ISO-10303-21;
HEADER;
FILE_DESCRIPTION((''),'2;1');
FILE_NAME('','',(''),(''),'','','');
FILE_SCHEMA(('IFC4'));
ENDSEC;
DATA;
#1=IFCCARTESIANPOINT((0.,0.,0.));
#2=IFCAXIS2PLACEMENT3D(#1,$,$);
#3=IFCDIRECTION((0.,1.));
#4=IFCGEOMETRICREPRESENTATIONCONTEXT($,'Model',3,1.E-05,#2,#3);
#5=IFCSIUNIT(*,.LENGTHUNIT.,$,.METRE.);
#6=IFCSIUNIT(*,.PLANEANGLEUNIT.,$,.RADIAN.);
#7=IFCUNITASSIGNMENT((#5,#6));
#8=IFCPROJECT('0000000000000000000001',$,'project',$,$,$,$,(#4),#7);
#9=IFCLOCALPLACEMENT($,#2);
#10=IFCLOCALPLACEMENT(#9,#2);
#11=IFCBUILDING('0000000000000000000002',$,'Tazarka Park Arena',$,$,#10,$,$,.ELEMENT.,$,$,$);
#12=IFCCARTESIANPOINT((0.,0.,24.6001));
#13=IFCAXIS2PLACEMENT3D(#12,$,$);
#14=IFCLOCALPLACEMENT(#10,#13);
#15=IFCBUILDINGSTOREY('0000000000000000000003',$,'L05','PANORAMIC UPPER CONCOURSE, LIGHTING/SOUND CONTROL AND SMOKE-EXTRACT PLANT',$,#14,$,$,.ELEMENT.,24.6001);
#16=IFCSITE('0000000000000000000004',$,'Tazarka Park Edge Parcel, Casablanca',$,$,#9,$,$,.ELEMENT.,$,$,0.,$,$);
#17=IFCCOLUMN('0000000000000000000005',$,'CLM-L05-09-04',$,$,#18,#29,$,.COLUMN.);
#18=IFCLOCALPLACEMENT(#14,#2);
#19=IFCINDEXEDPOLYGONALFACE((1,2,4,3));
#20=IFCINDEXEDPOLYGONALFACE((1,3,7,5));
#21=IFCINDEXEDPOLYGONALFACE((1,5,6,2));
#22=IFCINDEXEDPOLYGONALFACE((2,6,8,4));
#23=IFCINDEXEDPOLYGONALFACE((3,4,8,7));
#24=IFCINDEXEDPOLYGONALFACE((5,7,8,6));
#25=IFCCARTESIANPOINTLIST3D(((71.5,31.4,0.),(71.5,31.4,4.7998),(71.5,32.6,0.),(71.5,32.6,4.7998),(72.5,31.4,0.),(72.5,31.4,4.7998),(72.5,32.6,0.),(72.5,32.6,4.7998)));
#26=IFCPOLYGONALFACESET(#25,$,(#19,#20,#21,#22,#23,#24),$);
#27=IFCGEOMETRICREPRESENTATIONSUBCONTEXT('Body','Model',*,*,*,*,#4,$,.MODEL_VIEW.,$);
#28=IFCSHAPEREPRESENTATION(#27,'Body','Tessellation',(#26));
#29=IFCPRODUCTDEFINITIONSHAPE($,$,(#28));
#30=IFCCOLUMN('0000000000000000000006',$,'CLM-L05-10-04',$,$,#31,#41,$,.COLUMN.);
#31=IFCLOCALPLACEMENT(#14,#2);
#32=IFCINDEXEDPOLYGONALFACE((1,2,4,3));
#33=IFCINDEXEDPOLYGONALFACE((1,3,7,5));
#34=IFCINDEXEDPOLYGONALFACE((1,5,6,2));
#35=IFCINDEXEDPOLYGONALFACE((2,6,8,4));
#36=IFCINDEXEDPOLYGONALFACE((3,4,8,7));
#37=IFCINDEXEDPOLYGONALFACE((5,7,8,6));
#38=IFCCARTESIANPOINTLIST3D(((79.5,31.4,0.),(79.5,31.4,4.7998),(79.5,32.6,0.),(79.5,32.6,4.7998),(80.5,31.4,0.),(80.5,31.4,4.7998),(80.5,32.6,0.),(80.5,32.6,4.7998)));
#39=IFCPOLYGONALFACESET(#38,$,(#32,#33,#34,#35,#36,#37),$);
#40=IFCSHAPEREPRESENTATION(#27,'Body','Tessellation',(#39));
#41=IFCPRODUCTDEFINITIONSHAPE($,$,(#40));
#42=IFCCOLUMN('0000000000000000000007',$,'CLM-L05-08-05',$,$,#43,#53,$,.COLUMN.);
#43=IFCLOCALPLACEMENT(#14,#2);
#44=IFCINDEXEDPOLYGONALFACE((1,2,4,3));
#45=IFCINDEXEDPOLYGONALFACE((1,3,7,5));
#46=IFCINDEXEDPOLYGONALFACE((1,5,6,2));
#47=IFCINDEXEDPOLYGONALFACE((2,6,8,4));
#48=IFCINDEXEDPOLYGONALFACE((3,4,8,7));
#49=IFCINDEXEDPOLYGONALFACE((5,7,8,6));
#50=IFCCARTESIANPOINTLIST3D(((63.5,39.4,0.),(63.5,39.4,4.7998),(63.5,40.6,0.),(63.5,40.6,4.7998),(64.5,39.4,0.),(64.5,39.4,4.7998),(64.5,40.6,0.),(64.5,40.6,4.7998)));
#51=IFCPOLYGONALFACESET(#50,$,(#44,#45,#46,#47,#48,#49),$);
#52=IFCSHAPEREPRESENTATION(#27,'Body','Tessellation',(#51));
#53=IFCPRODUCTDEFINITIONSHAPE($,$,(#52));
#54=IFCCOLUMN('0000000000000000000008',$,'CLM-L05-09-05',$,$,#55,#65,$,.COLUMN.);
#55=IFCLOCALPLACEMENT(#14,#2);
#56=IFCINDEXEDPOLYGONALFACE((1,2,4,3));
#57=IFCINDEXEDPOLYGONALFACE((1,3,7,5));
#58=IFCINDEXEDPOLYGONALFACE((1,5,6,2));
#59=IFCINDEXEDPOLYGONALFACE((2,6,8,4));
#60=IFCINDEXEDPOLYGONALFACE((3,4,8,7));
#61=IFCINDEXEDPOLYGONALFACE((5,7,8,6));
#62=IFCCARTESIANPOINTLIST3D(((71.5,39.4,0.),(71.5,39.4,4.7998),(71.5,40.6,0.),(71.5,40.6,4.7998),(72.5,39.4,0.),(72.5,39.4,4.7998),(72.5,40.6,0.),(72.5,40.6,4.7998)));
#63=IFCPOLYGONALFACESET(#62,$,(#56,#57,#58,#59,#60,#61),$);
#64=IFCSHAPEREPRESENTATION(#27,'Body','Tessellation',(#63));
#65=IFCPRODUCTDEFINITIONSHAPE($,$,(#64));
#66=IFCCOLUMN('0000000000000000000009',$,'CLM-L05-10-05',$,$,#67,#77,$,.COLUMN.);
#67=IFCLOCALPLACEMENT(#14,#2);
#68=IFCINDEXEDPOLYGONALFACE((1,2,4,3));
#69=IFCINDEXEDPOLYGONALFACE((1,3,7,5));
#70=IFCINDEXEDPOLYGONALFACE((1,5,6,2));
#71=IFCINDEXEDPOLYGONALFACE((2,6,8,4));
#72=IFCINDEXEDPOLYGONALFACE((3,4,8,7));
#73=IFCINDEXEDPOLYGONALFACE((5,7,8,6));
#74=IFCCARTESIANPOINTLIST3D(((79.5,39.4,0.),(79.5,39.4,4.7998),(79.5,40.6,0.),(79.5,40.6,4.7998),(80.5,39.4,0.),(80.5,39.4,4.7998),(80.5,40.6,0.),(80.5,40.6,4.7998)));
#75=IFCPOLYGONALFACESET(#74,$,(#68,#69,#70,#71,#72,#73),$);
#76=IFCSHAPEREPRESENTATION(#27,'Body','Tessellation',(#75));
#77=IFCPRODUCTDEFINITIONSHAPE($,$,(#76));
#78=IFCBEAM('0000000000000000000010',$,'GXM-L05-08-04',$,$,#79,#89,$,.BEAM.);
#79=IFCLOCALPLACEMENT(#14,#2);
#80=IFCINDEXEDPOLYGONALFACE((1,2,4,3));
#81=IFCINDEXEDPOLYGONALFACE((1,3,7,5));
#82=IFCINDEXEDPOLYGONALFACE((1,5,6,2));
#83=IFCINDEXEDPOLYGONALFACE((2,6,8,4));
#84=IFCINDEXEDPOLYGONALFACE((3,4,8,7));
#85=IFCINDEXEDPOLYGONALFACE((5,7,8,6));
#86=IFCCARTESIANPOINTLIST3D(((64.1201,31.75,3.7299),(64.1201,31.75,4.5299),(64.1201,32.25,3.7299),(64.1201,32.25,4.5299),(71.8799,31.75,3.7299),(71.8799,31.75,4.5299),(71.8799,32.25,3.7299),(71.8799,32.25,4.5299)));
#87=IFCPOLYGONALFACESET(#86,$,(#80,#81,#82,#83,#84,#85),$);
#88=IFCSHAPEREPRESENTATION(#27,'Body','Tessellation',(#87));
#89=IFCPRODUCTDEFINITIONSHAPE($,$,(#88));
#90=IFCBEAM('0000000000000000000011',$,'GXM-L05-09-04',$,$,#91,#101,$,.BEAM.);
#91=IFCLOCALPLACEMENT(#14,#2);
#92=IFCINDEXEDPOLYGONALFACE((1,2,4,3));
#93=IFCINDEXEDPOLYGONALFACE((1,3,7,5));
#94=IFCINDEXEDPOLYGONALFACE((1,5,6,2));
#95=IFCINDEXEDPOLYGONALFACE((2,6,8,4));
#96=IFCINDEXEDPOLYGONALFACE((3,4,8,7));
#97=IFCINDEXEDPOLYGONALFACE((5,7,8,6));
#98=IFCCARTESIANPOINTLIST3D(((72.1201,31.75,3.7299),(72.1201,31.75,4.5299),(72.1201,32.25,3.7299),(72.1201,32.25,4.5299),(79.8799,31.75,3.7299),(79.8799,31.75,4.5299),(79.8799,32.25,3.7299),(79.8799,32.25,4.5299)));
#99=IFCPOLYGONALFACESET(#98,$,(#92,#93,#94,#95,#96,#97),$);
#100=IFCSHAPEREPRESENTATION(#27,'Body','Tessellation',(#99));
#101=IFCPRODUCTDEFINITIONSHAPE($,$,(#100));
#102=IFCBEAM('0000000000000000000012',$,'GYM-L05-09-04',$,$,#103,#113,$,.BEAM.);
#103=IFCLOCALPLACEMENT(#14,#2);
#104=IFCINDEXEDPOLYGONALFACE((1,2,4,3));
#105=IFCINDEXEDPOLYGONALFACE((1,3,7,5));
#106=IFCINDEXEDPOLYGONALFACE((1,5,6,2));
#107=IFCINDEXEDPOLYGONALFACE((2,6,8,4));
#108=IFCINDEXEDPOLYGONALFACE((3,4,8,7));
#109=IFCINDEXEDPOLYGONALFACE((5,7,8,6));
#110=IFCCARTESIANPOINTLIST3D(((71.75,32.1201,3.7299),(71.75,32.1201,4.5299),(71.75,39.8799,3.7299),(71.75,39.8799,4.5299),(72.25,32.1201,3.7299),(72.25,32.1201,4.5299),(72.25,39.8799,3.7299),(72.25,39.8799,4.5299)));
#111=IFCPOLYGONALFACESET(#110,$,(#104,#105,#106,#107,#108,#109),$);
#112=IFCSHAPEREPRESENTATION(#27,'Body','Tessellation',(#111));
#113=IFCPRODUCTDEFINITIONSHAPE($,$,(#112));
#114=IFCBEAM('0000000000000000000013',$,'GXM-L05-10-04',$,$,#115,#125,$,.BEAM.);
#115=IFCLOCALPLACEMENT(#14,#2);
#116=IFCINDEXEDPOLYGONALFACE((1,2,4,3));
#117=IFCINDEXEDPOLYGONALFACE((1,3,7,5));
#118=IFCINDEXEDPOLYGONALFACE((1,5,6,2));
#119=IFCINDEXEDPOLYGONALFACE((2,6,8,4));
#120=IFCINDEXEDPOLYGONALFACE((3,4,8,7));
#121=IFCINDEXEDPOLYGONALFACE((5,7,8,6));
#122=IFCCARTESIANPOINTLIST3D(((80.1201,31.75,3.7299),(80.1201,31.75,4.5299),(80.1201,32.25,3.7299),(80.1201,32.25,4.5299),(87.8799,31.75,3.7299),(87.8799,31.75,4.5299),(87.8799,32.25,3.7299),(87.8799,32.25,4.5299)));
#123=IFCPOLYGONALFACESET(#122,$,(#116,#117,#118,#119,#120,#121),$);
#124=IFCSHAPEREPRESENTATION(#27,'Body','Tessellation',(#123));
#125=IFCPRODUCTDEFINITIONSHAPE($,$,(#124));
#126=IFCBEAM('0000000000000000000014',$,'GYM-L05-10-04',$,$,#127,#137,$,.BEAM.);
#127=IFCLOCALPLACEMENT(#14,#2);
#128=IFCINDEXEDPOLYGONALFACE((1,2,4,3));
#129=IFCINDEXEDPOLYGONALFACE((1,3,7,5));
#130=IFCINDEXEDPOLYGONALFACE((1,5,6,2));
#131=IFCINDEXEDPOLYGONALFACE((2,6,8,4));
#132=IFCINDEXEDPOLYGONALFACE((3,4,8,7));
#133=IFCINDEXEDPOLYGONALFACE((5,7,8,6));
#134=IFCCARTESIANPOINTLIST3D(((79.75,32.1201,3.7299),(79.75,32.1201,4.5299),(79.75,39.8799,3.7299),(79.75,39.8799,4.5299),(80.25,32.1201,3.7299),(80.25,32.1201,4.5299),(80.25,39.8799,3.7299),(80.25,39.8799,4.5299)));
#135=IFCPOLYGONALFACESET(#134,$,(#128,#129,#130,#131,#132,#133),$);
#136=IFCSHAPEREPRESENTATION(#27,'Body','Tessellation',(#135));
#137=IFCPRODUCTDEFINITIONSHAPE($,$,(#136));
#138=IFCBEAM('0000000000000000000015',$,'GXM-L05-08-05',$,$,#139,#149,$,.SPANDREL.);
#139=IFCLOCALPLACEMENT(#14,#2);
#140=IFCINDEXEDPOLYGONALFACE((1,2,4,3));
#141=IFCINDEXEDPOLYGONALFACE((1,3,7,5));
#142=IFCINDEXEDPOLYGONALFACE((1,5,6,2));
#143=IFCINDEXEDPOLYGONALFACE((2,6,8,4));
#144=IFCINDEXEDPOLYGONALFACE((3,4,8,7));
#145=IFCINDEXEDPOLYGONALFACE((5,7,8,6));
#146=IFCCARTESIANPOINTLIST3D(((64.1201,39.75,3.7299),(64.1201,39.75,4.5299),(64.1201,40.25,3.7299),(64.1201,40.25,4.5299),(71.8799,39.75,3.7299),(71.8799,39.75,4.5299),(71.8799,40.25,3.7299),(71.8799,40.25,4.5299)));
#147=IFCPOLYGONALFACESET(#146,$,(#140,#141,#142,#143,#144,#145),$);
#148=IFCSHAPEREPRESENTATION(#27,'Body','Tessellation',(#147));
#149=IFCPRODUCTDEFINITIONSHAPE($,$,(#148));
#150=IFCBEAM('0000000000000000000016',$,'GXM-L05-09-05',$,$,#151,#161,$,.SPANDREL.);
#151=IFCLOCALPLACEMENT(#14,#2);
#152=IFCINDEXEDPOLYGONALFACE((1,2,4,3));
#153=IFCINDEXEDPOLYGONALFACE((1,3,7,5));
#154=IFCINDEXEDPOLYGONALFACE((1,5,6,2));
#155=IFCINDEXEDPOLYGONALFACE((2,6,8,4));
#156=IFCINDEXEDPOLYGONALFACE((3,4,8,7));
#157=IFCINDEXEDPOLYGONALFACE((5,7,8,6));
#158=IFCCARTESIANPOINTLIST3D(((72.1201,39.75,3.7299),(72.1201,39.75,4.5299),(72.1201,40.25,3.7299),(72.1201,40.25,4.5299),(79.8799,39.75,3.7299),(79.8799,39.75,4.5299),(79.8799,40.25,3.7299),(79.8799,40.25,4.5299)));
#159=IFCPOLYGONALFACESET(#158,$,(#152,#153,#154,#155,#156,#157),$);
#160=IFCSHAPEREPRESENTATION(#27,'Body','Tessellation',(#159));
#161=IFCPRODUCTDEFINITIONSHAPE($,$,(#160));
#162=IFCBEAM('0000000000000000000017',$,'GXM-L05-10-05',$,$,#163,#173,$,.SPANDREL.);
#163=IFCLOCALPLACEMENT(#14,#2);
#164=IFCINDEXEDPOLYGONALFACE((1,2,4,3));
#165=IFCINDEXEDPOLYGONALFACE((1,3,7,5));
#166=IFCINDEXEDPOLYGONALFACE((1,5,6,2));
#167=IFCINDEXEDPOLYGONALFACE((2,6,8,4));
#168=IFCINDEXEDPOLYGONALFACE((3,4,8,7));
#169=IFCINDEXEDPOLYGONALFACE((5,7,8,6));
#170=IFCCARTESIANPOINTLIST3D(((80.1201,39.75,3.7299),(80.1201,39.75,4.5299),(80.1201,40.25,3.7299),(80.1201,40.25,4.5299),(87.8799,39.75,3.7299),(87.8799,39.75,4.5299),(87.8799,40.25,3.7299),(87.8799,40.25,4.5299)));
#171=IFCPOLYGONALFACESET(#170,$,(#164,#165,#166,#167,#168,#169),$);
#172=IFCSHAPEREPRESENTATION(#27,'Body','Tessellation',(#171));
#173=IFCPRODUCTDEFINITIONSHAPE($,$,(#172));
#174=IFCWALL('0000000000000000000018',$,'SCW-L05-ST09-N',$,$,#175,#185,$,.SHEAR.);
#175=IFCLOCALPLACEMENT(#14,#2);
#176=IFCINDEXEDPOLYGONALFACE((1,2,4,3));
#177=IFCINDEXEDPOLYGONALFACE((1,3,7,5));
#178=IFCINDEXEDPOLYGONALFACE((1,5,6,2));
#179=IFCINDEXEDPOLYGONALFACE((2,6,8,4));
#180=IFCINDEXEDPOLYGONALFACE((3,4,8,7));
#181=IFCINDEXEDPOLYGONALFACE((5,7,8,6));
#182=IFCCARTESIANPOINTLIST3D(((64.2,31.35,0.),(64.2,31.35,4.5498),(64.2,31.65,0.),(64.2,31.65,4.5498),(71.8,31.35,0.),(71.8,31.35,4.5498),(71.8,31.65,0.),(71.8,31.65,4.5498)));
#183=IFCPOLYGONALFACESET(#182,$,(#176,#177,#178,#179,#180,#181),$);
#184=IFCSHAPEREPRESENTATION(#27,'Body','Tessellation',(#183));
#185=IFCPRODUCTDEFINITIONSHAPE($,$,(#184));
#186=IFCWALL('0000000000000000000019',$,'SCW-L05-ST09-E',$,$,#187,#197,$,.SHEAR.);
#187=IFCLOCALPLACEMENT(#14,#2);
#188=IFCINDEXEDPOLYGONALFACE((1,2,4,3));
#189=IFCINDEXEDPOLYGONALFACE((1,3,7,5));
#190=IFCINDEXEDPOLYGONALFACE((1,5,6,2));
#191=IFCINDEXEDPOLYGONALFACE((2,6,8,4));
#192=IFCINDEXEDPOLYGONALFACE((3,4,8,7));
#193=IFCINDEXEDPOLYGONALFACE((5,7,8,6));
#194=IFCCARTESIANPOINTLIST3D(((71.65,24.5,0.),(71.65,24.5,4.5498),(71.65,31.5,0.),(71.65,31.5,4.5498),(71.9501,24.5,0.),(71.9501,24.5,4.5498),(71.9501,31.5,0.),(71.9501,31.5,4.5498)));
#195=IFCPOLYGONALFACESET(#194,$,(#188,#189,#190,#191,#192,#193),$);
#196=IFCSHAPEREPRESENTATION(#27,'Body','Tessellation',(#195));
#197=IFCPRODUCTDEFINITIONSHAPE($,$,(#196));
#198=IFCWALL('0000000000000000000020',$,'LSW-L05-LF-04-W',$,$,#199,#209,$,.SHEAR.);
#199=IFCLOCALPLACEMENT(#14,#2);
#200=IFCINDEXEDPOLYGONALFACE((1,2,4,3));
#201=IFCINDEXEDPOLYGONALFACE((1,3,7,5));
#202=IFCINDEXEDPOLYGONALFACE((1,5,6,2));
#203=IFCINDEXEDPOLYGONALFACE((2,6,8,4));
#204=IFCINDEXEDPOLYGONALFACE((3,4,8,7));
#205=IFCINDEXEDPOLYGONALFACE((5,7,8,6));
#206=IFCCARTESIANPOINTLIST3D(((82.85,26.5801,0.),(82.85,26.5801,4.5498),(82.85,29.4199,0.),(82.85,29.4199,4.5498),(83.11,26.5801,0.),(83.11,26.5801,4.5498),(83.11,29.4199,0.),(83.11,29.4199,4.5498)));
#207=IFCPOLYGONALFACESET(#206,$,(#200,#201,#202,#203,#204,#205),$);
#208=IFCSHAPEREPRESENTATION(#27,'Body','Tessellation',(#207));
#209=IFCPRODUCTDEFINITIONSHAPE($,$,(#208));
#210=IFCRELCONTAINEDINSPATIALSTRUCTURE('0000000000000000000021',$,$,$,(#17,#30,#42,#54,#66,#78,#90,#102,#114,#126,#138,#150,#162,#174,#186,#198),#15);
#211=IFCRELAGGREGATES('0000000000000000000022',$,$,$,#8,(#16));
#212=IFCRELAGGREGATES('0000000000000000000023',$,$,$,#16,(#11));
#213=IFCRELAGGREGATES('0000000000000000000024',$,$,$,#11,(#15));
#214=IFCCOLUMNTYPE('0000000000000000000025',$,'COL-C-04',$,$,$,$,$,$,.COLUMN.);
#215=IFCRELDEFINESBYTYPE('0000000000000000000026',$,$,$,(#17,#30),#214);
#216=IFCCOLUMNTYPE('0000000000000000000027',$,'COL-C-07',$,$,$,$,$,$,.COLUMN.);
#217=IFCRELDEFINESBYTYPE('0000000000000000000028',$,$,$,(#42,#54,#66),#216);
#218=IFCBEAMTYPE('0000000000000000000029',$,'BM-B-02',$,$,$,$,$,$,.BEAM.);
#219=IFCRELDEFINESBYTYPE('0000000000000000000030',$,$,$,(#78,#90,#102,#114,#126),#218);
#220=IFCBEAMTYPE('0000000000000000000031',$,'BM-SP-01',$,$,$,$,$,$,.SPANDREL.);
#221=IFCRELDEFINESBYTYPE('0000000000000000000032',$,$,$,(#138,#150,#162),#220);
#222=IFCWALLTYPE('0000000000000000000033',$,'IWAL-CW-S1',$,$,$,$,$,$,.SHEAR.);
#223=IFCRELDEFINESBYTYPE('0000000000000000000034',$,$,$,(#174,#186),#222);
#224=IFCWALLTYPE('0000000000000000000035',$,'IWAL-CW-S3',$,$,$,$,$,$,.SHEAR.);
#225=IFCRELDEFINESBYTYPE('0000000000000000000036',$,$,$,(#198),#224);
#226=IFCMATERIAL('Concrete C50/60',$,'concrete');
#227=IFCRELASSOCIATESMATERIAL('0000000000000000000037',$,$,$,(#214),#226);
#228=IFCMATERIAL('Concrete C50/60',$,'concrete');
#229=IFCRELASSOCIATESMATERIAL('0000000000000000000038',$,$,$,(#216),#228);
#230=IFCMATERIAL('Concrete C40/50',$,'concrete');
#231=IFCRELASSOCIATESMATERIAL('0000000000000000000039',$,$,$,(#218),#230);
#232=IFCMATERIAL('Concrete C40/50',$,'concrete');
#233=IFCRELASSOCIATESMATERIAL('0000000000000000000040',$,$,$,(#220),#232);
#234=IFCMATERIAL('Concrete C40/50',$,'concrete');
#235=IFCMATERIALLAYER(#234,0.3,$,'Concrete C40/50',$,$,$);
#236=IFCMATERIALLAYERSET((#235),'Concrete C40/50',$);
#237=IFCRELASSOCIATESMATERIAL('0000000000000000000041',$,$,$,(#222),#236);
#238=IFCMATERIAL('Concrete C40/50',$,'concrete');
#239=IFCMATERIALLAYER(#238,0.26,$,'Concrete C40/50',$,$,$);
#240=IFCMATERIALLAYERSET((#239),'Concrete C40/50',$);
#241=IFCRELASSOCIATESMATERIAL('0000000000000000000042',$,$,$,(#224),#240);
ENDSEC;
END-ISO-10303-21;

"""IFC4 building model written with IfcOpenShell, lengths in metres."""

from ifc_helpers import new_model, si_unit, direction, frame, frame_2d, origin, origin_2d, place, context, subcontext, project, spatial, rectangle, extrude, material, layer, layer_set, material_profile, profile_set, type_object, element, save


model = new_model("IFC4")

# Units and contexts
model_context = context("Model", 3, precision=1e-05, world=origin(), true_north=direction((0.0, 1.0)))
body_context = subcontext(model_context, "Body", "Model", "MODEL_VIEW")
ifc_project = project(units=[si_unit("LENGTHUNIT", "METRE"), si_unit("PLANEANGLEUNIT", "RADIAN")], contexts=[model_context])

# Site, building, storey
site_placement = place(None, origin())
site = spatial("IfcSite", under=ifc_project, at=site_placement, Name="Tazarka Park Edge Parcel, Casablanca", CompositionType="ELEMENT", RefElevation=0.0)
building_placement = place(site_placement, origin())
building = spatial("IfcBuilding", under=site, at=building_placement, Name="Tazarka Park Arena", CompositionType="ELEMENT")
storey_placement = place(building_placement, frame((0.0, 0.0, 24.6001)))
storey = spatial("IfcBuildingStorey", under=building, at=storey_placement, Name="L05", Description="PANORAMIC UPPER CONCOURSE, LIGHTING/SOUND CONTROL AND SMOKE-EXTRACT PLANT", CompositionType="ELEMENT", Elevation=24.6001)

# Columns
ifc_material_1 = material(Name="Concrete C50/60", Category="concrete")
ifc_material_profile_1 = material_profile(ifc_material_1, rectangle(XDim=1.0, YDim=1.2, at=origin_2d()), Name="Concrete C50/60")
ifc_profile_set_1 = profile_set([ifc_material_profile_1], Name="Concrete C50/60")
column_type_1 = type_object("IfcColumnType", Name="COL-C-04", PredefinedType="COLUMN", material=ifc_profile_set_1)
for number, where, z_axis, x_axis, name in (
    (1, (72.0, 32.0, 0.0), (0.0, 0.0, 1.0), (1.0, 0.0, 0.0), "CLM-L05-09-04"),
    (2, (80.0, 32.0, 0.0), (0.0, 0.0, 1.0), (1.0, 0.0, 0.0), "CLM-L05-10-04"),
):
    element("IfcColumn", number, at=place(storey_placement, frame(where, z_axis=z_axis, x_axis=x_axis)), inside=storey, type_object=column_type_1, Name=name, PredefinedType="COLUMN", context=body_context, shape_type="SweptSolid", body=[
        extrude(rectangle(XDim=1.0, YDim=1.2, at=origin_2d()), origin(), (0.0, 0.0, 1.0), 4.7998),
    ])
ifc_material_2 = material(Name="Concrete C50/60", Category="concrete")
ifc_material_profile_2 = material_profile(ifc_material_2, rectangle(XDim=1.0, YDim=1.2, at=origin_2d()), Name="Concrete C50/60")
ifc_profile_set_2 = profile_set([ifc_material_profile_2], Name="Concrete C50/60")
column_type_2 = type_object("IfcColumnType", Name="COL-C-07", PredefinedType="COLUMN", material=ifc_profile_set_2)
for number, where, z_axis, x_axis, name in (
    (3, (64.0, 40.0, 0.0), (0.0, 0.0, 1.0), (1.0, 0.0, 0.0), "CLM-L05-08-05"),
    (4, (72.0, 40.0, 0.0), (0.0, 0.0, 1.0), (1.0, 0.0, 0.0), "CLM-L05-09-05"),
    (5, (80.0, 40.0, 0.0), (0.0, 0.0, 1.0), (1.0, 0.0, 0.0), "CLM-L05-10-05"),
):
    element("IfcColumn", number, at=place(storey_placement, frame(where, z_axis=z_axis, x_axis=x_axis)), inside=storey, type_object=column_type_2, Name=name, PredefinedType="COLUMN", context=body_context, shape_type="SweptSolid", body=[
        extrude(rectangle(XDim=1.0, YDim=1.2, at=origin_2d()), origin(), (0.0, 0.0, 1.0), 4.7998),
    ])

# Beams
ifc_material_3 = material(Name="Concrete C40/50", Category="concrete")
ifc_material_profile_3 = material_profile(ifc_material_3, rectangle(XDim=0.5, YDim=0.8, at=origin_2d()), Name="Concrete C40/50")
ifc_profile_set_3 = profile_set([ifc_material_profile_3], Name="Concrete C40/50")
beam_type_1 = type_object("IfcBeamType", Name="BM-B-02", PredefinedType="BEAM", material=ifc_profile_set_3)
for number, where, z_axis, x_axis, name in (
    (6, (64.1201, 32.0, 4.1299), (1.0, 0.0, 0.0), (0.0, 1.0, 0.0), "GXM-L05-08-04"),
    (7, (72.1201, 32.0, 4.1299), (1.0, 0.0, 0.0), (0.0, 1.0, 0.0), "GXM-L05-09-04"),
    (8, (72.0, 32.1201, 4.1299), (0.0, 1.0, 0.0), (-1.0, 0.0, 0.0), "GYM-L05-09-04"),
    (9, (80.1201, 32.0, 4.1299), (1.0, 0.0, 0.0), (0.0, 1.0, 0.0), "GXM-L05-10-04"),
    (10, (80.0, 32.1201, 4.1299), (0.0, 1.0, 0.0), (-1.0, 0.0, 0.0), "GYM-L05-10-04"),
):
    element("IfcBeam", number, at=place(storey_placement, frame(where, z_axis=z_axis, x_axis=x_axis)), inside=storey, type_object=beam_type_1, Name=name, PredefinedType="BEAM", context=body_context, shape_type="SweptSolid", body=[
        extrude(rectangle(XDim=0.5, YDim=0.8, at=origin_2d()), origin(), (0.0, 0.0, 1.0), 7.7598),
    ])
ifc_material_4 = material(Name="Concrete C40/50", Category="concrete")
ifc_material_profile_4 = material_profile(ifc_material_4, rectangle(XDim=0.5, YDim=0.8, at=origin_2d()), Name="Concrete C40/50")
ifc_profile_set_4 = profile_set([ifc_material_profile_4], Name="Concrete C40/50")
beam_type_2 = type_object("IfcBeamType", Name="BM-SP-01", PredefinedType="SPANDREL", material=ifc_profile_set_4)
for number, where, z_axis, x_axis, name in (
    (11, (64.1201, 40.0, 4.1299), (1.0, 0.0, 0.0), (0.0, 1.0, 0.0), "GXM-L05-08-05"),
    (12, (72.1201, 40.0, 4.1299), (1.0, 0.0, 0.0), (0.0, 1.0, 0.0), "GXM-L05-09-05"),
    (13, (80.1201, 40.0, 4.1299), (1.0, 0.0, 0.0), (0.0, 1.0, 0.0), "GXM-L05-10-05"),
):
    element("IfcBeam", number, at=place(storey_placement, frame(where, z_axis=z_axis, x_axis=x_axis)), inside=storey, type_object=beam_type_2, Name=name, PredefinedType="SPANDREL", context=body_context, shape_type="SweptSolid", body=[
        extrude(rectangle(XDim=0.5, YDim=0.8, at=origin_2d()), origin(), (0.0, 0.0, 1.0), 7.7598),
    ])

# Walls
ifc_material_5 = material(Name="Concrete C40/50", Category="concrete")
ifc_layer_1 = layer(ifc_material_5, 0.3, Name="Concrete C40/50")
ifc_layer_set_1 = layer_set([ifc_layer_1], Name="Concrete C40/50")
wall_type_1 = type_object("IfcWallType", Name="IWAL-CW-S1", PredefinedType="SHEAR", material=ifc_layer_set_1)
wall_1_placement = place(storey_placement, frame((64.2, 31.5, 0.0), z_axis=(0.0, 0.0, 1.0), x_axis=(1.0, 0.0, 0.0)))
element("IfcWall", 14, at=wall_1_placement, inside=storey, type_object=wall_type_1, Name="SCW-L05-ST09-N", PredefinedType="SHEAR", context=body_context, shape_type="SweptSolid", body=[
    extrude(rectangle(XDim=7.6001, YDim=0.3, at=frame_2d((3.8, 0.0))), origin(), (0.0, 0.0, 1.0), 4.5498),
])
wall_2_placement = place(storey_placement, frame((71.8, 31.5, 0.0), z_axis=(0.0, 0.0, 1.0), x_axis=(0.0, -1.0, 0.0)))
element("IfcWall", 15, at=wall_2_placement, inside=storey, type_object=wall_type_1, Name="SCW-L05-ST09-E", PredefinedType="SHEAR", context=body_context, shape_type="SweptSolid", body=[
    extrude(rectangle(XDim=7.0, YDim=0.3, at=frame_2d((3.5, 0.0))), origin(), (0.0, 0.0, 1.0), 4.5498),
])
ifc_material_6 = material(Name="Concrete C40/50", Category="concrete")
ifc_layer_2 = layer(ifc_material_6, 0.26, Name="Concrete C40/50")
ifc_layer_set_2 = layer_set([ifc_layer_2], Name="Concrete C40/50")
wall_type_2 = type_object("IfcWallType", Name="IWAL-CW-S3", PredefinedType="SHEAR", material=ifc_layer_set_2)
wall_3_placement = place(storey_placement, frame((82.98, 26.5801, 0.0), z_axis=(0.0, 0.0, 1.0), x_axis=(0.0, 1.0, 0.0)))
element("IfcWall", 16, at=wall_3_placement, inside=storey, type_object=wall_type_2, Name="LSW-L05-LF-04-W", PredefinedType="SHEAR", context=body_context, shape_type="SweptSolid", body=[
    extrude(rectangle(XDim=2.8398, YDim=0.26, at=frame_2d((1.4199, 0.0))), origin(), (0.0, 0.0, 1.0), 4.5498),
])

save(model, "model.ifc")
